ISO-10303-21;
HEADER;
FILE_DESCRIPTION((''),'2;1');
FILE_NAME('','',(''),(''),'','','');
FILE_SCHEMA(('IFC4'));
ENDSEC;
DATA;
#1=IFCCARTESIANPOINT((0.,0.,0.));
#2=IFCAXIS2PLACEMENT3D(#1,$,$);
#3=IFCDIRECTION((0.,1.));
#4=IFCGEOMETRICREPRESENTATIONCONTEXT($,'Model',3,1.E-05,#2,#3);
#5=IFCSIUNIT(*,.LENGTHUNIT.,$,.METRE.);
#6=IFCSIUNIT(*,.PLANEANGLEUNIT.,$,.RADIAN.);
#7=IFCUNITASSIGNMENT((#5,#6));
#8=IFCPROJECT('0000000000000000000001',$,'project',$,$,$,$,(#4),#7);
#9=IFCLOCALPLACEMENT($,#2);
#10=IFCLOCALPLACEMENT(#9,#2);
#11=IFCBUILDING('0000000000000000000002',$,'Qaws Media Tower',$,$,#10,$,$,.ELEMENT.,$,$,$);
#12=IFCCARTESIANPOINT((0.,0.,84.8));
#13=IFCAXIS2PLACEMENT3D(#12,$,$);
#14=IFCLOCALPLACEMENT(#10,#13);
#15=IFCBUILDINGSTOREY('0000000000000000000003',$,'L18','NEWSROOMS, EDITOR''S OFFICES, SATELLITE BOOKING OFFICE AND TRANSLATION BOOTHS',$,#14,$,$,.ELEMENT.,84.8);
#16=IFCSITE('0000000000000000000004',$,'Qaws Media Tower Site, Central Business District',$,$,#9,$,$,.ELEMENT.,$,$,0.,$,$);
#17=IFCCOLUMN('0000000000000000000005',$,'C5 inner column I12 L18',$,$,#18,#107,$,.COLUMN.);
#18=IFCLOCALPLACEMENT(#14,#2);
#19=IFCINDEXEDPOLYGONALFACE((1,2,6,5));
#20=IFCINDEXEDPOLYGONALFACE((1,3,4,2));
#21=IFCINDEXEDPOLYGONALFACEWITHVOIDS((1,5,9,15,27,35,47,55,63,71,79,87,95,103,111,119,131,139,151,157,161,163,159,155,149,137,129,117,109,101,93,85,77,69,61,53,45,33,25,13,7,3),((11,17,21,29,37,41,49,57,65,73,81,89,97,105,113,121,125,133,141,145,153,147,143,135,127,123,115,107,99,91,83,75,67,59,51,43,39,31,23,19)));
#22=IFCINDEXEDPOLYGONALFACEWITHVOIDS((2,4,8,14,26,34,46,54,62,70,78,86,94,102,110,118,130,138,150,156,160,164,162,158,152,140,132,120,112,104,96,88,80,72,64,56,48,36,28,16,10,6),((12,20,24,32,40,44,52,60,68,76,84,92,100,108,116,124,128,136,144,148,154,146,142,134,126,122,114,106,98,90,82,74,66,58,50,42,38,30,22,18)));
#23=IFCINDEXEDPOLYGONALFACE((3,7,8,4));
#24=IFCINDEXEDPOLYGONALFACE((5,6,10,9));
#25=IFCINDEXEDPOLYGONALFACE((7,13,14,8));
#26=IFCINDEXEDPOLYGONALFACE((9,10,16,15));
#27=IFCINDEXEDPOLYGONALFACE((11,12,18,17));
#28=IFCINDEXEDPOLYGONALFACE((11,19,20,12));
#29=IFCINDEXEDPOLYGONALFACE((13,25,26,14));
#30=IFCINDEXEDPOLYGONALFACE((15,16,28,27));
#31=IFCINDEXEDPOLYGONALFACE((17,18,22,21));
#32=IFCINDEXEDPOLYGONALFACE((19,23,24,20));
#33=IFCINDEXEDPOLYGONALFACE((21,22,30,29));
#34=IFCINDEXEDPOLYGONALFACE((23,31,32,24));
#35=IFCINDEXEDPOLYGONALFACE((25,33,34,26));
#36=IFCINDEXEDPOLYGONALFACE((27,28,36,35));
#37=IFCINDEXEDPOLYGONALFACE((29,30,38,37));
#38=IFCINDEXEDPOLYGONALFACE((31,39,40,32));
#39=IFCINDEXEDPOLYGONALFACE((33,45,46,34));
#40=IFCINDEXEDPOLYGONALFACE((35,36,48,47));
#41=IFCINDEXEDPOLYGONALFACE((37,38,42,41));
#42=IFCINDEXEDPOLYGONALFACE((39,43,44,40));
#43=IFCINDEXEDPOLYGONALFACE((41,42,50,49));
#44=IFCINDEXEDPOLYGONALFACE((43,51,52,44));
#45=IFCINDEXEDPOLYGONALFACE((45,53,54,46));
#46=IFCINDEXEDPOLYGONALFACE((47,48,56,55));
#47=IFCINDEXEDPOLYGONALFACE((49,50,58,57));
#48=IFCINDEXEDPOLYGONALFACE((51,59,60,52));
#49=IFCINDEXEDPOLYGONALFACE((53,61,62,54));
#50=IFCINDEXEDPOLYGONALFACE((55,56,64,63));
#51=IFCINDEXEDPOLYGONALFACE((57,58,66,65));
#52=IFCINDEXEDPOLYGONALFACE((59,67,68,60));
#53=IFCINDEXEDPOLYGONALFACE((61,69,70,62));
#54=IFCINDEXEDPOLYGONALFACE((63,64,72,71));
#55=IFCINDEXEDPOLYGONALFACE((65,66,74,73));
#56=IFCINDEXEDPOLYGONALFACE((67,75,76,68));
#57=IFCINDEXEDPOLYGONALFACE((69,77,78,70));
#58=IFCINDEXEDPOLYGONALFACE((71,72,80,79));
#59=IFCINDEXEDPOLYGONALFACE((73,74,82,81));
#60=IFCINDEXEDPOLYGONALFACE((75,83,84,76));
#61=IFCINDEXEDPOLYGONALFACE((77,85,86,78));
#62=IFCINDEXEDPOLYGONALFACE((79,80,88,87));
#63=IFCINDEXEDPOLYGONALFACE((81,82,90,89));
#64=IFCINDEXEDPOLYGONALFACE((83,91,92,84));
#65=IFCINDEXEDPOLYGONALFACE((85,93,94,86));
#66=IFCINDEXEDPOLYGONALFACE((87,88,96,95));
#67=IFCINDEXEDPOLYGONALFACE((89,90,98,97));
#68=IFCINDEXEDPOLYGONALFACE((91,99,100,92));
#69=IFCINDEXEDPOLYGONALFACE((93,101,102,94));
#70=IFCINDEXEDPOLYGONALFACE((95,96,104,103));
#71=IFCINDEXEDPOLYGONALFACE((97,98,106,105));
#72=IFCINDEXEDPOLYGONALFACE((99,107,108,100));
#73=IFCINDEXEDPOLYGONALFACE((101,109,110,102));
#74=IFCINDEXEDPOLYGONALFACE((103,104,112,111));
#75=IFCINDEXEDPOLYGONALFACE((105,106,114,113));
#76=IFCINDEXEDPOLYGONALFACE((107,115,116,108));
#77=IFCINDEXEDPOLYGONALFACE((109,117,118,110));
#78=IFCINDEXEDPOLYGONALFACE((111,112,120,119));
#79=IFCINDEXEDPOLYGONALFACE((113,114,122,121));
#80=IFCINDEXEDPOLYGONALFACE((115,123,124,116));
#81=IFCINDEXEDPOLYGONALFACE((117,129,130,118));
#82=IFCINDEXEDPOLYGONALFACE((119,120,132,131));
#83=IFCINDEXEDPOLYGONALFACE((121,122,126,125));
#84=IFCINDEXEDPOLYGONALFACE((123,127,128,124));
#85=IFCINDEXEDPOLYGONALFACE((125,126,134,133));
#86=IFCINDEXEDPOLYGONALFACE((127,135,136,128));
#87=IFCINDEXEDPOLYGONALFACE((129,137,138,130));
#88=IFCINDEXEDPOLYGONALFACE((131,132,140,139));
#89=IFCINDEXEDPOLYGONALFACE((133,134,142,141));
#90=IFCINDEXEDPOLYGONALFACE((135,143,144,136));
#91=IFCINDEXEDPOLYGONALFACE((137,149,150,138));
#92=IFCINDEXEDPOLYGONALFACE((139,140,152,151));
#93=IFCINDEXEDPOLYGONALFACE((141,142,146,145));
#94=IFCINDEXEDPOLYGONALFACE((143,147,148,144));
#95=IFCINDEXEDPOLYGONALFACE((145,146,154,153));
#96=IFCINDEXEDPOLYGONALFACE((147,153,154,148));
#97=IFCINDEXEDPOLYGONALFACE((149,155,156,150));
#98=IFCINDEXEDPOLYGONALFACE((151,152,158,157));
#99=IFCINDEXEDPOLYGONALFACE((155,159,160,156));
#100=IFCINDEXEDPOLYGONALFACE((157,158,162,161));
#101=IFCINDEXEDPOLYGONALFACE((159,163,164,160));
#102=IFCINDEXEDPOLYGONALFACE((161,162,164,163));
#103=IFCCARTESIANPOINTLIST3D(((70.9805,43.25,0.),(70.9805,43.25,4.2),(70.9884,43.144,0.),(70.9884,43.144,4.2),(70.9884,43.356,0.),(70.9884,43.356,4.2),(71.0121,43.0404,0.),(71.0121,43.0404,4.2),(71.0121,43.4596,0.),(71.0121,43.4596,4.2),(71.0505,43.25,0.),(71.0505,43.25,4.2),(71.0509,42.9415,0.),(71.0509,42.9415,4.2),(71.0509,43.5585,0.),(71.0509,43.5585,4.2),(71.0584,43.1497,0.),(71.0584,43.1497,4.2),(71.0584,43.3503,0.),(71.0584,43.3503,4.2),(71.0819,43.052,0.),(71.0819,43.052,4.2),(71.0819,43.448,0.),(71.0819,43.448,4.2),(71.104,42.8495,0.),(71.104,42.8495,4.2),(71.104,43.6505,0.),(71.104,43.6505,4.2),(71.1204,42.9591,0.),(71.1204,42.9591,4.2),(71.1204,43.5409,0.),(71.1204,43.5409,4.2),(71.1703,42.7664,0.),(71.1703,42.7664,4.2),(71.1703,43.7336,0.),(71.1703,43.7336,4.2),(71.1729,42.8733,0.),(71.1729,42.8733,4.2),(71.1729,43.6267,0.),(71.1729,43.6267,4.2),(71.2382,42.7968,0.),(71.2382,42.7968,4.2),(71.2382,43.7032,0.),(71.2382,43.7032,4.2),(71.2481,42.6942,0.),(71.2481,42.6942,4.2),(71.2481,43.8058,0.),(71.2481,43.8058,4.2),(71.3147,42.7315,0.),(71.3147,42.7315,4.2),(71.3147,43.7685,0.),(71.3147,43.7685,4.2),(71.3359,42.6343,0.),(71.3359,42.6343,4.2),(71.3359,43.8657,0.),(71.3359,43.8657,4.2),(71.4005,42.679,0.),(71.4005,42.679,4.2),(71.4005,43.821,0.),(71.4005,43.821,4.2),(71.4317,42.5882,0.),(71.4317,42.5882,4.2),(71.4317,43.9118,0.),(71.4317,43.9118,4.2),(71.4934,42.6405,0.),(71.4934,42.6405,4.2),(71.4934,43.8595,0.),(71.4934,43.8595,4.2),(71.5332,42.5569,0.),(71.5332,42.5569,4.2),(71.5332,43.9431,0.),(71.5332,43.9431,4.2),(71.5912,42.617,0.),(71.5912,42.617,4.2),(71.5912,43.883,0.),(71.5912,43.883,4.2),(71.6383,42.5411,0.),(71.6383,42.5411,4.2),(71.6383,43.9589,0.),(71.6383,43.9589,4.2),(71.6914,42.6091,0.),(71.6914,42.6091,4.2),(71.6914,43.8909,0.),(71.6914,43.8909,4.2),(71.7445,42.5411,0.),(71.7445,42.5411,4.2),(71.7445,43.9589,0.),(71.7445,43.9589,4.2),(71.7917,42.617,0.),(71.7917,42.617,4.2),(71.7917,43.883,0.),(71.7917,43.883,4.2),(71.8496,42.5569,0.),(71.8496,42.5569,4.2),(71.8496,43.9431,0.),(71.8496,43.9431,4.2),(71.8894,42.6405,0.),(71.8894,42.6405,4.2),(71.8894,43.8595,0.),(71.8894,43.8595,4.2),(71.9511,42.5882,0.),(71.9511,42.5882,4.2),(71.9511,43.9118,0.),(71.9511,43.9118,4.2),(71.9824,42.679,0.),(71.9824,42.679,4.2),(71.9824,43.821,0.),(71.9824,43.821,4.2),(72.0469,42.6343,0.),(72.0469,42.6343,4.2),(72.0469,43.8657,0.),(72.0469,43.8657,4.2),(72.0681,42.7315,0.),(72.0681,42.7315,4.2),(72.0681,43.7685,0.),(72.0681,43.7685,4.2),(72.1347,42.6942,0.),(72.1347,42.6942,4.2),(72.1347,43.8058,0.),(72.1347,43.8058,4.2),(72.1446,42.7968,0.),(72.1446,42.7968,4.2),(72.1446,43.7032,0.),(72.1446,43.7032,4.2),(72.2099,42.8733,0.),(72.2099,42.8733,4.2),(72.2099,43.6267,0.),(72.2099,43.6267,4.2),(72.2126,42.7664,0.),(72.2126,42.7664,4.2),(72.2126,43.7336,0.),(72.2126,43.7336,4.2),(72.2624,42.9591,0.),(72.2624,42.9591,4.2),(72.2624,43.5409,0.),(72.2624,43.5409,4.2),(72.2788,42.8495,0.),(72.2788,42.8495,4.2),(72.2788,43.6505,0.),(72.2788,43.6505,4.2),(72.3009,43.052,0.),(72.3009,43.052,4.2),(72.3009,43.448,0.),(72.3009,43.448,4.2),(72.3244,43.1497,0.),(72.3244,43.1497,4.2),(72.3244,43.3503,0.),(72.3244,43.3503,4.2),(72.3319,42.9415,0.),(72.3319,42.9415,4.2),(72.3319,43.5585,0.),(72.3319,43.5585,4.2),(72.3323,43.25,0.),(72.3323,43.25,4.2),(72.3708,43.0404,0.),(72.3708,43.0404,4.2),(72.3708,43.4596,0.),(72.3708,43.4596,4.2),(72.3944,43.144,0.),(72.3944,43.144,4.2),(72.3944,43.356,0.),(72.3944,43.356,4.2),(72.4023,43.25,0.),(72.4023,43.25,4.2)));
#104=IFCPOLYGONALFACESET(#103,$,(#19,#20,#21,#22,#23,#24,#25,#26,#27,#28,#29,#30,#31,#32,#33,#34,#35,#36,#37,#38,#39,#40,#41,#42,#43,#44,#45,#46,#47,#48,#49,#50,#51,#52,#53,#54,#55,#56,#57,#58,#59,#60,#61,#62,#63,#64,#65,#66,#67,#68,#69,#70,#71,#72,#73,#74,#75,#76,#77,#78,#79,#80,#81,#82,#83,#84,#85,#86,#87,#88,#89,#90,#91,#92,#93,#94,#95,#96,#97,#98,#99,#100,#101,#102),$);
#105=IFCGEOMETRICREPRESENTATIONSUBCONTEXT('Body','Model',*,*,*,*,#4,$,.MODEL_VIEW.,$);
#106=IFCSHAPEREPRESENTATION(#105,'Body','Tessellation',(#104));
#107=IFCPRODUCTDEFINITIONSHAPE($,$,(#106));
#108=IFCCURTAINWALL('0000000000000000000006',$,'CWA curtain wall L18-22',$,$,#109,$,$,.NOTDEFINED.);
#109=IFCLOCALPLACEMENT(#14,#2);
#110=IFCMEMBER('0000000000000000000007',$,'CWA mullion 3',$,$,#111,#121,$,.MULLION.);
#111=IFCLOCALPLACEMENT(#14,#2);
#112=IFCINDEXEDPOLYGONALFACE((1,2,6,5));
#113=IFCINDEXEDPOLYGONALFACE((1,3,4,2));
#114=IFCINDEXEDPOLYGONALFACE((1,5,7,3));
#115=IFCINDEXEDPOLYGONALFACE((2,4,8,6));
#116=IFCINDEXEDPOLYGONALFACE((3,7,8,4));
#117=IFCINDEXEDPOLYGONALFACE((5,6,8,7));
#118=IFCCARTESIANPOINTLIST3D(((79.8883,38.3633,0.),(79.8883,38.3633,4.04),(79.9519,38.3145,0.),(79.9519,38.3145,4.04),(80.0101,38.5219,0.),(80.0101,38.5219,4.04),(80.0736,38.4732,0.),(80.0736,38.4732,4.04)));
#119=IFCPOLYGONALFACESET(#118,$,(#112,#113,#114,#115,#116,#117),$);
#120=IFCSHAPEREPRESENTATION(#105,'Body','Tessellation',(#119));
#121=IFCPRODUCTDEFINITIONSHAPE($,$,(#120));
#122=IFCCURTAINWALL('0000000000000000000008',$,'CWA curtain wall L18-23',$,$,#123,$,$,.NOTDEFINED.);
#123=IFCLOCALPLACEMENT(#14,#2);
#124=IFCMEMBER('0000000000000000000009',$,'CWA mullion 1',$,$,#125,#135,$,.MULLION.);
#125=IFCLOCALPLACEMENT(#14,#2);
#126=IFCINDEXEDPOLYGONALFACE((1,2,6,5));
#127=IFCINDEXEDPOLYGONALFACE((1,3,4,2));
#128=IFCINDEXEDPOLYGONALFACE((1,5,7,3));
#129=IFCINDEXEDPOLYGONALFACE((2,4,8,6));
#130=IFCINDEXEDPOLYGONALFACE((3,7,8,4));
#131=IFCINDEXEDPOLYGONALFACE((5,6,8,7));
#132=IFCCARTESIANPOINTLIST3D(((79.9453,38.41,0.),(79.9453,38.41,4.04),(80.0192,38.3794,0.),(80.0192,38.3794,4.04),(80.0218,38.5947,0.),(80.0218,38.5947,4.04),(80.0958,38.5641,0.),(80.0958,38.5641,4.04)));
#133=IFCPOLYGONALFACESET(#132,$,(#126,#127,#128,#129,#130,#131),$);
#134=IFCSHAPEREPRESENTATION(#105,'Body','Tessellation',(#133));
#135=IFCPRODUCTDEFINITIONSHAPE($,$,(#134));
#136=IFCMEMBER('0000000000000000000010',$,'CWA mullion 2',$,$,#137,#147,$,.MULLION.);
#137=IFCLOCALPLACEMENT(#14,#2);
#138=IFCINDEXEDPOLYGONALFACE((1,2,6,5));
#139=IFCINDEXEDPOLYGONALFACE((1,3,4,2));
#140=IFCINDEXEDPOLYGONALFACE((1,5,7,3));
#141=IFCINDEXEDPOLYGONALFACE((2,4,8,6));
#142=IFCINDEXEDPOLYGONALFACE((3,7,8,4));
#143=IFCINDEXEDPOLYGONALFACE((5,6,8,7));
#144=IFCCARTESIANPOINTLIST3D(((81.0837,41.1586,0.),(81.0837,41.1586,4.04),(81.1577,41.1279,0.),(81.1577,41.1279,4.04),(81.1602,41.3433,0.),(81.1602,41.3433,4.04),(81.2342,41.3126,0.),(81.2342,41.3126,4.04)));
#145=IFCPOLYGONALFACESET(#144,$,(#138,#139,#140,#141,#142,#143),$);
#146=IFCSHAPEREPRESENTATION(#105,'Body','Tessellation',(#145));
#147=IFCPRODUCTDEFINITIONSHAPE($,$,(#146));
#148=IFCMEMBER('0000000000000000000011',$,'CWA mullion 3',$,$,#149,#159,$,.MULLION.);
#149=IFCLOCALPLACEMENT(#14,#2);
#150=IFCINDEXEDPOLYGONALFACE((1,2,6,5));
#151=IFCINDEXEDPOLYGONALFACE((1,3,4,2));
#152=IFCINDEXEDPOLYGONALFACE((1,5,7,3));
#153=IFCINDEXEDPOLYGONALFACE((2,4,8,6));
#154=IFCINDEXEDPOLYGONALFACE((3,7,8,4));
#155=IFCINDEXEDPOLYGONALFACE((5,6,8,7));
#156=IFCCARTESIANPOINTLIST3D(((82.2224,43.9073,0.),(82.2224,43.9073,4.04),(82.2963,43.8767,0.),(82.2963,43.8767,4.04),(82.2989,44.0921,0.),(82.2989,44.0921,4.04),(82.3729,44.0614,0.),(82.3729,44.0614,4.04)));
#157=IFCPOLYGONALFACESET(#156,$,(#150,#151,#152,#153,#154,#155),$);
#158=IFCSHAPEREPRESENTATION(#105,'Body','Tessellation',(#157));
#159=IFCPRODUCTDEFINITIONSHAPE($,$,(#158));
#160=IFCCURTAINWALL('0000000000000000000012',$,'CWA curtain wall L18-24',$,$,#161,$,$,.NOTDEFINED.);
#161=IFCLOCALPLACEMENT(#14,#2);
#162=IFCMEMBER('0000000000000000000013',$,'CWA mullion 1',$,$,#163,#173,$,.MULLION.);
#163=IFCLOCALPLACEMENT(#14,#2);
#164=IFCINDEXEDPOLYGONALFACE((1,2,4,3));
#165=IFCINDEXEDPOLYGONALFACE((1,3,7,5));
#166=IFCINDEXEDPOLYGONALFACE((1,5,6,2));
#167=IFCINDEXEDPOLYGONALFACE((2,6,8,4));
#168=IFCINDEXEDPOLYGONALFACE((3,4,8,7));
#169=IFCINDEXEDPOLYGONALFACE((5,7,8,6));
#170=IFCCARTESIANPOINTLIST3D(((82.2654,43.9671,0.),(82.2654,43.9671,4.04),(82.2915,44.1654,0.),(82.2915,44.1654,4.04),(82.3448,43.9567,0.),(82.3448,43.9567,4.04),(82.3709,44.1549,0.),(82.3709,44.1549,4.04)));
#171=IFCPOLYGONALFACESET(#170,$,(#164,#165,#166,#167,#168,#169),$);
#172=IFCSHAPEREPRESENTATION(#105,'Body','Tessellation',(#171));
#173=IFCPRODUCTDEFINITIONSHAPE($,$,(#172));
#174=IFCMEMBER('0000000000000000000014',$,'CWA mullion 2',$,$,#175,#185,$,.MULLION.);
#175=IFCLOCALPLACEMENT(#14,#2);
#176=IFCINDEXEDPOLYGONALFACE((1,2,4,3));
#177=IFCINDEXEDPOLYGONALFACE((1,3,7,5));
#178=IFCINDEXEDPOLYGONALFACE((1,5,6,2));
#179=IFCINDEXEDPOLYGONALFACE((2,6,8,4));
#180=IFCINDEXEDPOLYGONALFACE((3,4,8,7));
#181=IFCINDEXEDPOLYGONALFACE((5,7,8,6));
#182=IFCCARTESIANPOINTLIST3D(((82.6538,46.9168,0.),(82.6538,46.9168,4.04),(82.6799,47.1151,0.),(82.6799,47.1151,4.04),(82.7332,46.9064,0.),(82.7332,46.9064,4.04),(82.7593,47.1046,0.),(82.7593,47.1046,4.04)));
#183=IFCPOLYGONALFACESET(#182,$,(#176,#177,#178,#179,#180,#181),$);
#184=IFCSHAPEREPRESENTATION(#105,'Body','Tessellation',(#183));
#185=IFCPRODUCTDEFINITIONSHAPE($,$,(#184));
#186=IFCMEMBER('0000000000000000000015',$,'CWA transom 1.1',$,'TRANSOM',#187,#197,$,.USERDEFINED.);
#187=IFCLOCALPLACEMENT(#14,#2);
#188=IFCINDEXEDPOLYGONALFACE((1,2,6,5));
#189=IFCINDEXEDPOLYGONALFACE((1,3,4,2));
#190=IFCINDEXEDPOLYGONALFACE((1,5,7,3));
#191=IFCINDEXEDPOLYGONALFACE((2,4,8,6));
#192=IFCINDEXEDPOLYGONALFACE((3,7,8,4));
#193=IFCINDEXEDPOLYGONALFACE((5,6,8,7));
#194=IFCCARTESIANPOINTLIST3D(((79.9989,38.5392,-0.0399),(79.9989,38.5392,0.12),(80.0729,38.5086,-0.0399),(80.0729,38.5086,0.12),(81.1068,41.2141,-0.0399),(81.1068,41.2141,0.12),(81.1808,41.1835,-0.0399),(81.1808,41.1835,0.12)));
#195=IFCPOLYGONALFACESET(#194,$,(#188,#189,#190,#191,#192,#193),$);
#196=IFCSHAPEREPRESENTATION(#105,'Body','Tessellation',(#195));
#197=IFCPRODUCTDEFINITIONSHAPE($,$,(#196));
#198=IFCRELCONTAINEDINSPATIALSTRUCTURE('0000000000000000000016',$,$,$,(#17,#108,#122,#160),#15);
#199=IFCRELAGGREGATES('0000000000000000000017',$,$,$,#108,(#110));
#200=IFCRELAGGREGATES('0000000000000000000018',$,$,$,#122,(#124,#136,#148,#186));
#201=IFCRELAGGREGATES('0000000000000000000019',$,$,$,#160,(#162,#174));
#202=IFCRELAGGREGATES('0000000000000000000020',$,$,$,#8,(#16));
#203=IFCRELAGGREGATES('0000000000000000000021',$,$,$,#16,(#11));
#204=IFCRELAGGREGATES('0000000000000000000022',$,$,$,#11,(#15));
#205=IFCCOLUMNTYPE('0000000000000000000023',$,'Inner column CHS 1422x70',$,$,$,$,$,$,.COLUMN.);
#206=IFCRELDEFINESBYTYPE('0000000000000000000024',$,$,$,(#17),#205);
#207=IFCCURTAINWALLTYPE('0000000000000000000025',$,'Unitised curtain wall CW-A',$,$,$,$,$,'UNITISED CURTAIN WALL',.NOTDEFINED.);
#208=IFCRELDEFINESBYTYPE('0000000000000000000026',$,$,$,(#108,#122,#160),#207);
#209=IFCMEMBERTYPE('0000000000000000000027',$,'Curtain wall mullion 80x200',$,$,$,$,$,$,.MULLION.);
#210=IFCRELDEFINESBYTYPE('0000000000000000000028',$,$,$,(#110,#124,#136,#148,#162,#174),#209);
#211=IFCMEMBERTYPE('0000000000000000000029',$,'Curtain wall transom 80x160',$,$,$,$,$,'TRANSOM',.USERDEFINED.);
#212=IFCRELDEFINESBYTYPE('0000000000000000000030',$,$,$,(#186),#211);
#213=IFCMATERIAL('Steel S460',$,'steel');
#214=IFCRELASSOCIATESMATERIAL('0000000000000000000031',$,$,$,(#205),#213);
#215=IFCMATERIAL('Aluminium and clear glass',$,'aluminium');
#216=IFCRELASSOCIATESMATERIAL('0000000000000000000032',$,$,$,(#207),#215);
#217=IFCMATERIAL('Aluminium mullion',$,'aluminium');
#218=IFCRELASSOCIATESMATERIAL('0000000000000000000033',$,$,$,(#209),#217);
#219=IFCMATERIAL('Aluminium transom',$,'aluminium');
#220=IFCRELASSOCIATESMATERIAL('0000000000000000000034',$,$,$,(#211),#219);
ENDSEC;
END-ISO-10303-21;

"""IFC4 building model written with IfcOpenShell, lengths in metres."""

from ifc_helpers import new_model, si_unit, direction, frame, origin, origin_2d, place, context, subcontext, project, spatial, rectangle, hollow_circle, extrude, material, material_profile, profile_set, type_object, element, aggregate, save


model = new_model("IFC4")

# Units and contexts
model_context = context("Model", 3, precision=1e-05, world=origin(), true_north=direction((0.0, 1.0)))
body_context = subcontext(model_context, "Body", "Model", "MODEL_VIEW")
ifc_project = project(units=[si_unit("LENGTHUNIT", "METRE"), si_unit("PLANEANGLEUNIT", "RADIAN")], contexts=[model_context])

# Site, building, storey
site_placement = place(None, origin())
site = spatial("IfcSite", under=ifc_project, at=site_placement, Name="Qaws Media Tower Site, Central Business District", CompositionType="ELEMENT", RefElevation=0.0)
building_placement = place(site_placement, origin())
building = spatial("IfcBuilding", under=site, at=building_placement, Name="Qaws Media Tower", CompositionType="ELEMENT")
storey_placement = place(building_placement, frame((0.0, 0.0, 84.8)))
storey = spatial("IfcBuildingStorey", under=building, at=storey_placement, Name="L18", Description="NEWSROOMS, EDITOR'S OFFICES, SATELLITE BOOKING OFFICE AND TRANSLATION BOOTHS", CompositionType="ELEMENT", Elevation=84.8)

# Column
ifc_material_1 = material(Name="Steel S460", Category="steel")
ifc_material_profile_1 = material_profile(ifc_material_1, hollow_circle(Radius=0.7109, WallThickness=0.0701, at=origin_2d()), Name="CHS 1422x70")
ifc_profile_set_1 = profile_set([ifc_material_profile_1], Name="Steel S460")
column_type = type_object("IfcColumnType", Name="Inner column CHS 1422x70", PredefinedType="COLUMN", material=ifc_profile_set_1)
column_placement = place(storey_placement, frame((71.6914, 43.25, 0.0), z_axis=(0.0, 0.0, 1.0), x_axis=(1.0, 0.0, 0.0)))
element("IfcColumn", 1, at=column_placement, inside=storey, type_object=column_type, Name="C5 inner column I12 L18", PredefinedType="COLUMN", context=body_context, shape_type="SweptSolid", body=[
    extrude(hollow_circle(Radius=0.7109, WallThickness=0.0701, at=origin_2d()), origin(), (0.0, 0.0, 1.0), 4.2),
])

# Curtain wall, member
ifc_material_2 = material(Name="Aluminium and clear glass", Category="aluminium")
curtain_wall_type = type_object("IfcCurtainWallType", Name="Unitised curtain wall CW-A", ElementType="UNITISED CURTAIN WALL", PredefinedType="NOTDEFINED", material=ifc_material_2)
curtain_wall_1_placement = place(storey_placement, origin())
curtain_wall_1 = element("IfcCurtainWall", 2, at=curtain_wall_1_placement, inside=storey, type_object=curtain_wall_type, Name="CWA curtain wall L18-22", PredefinedType="NOTDEFINED")
ifc_material_3 = material(Name="Aluminium mullion", Category="aluminium")
ifc_material_profile_2 = material_profile(ifc_material_3, rectangle(XDim=0.0801, YDim=0.2, at=origin_2d()), Name="80x200")
ifc_profile_set_2 = profile_set([ifc_material_profile_2], Name="Aluminium mullion")
member_type_1 = type_object("IfcMemberType", Name="Curtain wall mullion 80x200", PredefinedType="MULLION", material=ifc_profile_set_2)
member_1_placement = place(storey_placement, frame((79.981, 38.4182, 0.0), z_axis=(0.0, 0.0, 1.0), x_axis=(-0.793353, 0.608761, 0.0)))
member_1 = element("IfcMember", 3, at=member_1_placement, type_object=member_type_1, Name="CWA mullion 3", PredefinedType="MULLION", context=body_context, shape_type="SweptSolid", body=[
    extrude(rectangle(XDim=0.0801, YDim=0.2, at=origin_2d()), origin(), (0.0, 0.0, 1.0), 4.04),
])
aggregate(curtain_wall_1, [member_1])

# Curtain walls, members
curtain_wall_2_placement = place(storey_placement, origin())
curtain_wall_2 = element("IfcCurtainWall", 4, at=curtain_wall_2_placement, inside=storey, type_object=curtain_wall_type, Name="CWA curtain wall L18-23", PredefinedType="NOTDEFINED")
member_2_placement = place(storey_placement, frame((80.0205, 38.4871, 0.0), z_axis=(0.0, 0.0, 1.0), x_axis=(-0.92388, 0.382683, 0.0)))
member_2 = element("IfcMember", 5, at=member_2_placement, type_object=member_type_1, Name="CWA mullion 1", PredefinedType="MULLION", context=body_context, shape_type="SweptSolid", body=[
    extrude(rectangle(XDim=0.0801, YDim=0.2, at=origin_2d()), origin(), (0.0, 0.0, 1.0), 4.04),
])
member_3_placement = place(storey_placement, frame((81.1589, 41.2356, 0.0), z_axis=(0.0, 0.0, 1.0), x_axis=(-0.92388, 0.382683, 0.0)))
member_3 = element("IfcMember", 6, at=member_3_placement, type_object=member_type_1, Name="CWA mullion 2", PredefinedType="MULLION", context=body_context, shape_type="SweptSolid", body=[
    extrude(rectangle(XDim=0.0801, YDim=0.2, at=origin_2d()), origin(), (0.0, 0.0, 1.0), 4.04),
])
member_4_placement = place(storey_placement, frame((82.2976, 43.9844, 0.0), z_axis=(0.0, 0.0, 1.0), x_axis=(-0.92388, 0.382683, 0.0)))
member_4 = element("IfcMember", 7, at=member_4_placement, type_object=member_type_1, Name="CWA mullion 3", PredefinedType="MULLION", context=body_context, shape_type="SweptSolid", body=[
    extrude(rectangle(XDim=0.0801, YDim=0.2, at=origin_2d()), origin(), (0.0, 0.0, 1.0), 4.04),
])
curtain_wall_3_placement = place(storey_placement, origin())
curtain_wall_3 = element("IfcCurtainWall", 8, at=curtain_wall_3_placement, inside=storey, type_object=curtain_wall_type, Name="CWA curtain wall L18-24", PredefinedType="NOTDEFINED")
member_5_placement = place(storey_placement, frame((82.3181, 44.061, 0.0), z_axis=(0.0, 0.0, 1.0), x_axis=(-0.991445, 0.130526, 0.0)))
member_5 = element("IfcMember", 9, at=member_5_placement, type_object=member_type_1, Name="CWA mullion 1", PredefinedType="MULLION", context=body_context, shape_type="SweptSolid", body=[
    extrude(rectangle(XDim=0.0801, YDim=0.2, at=origin_2d()), origin(), (0.0, 0.0, 1.0), 4.04),
])
member_6_placement = place(storey_placement, frame((82.7065, 47.0107, 0.0), z_axis=(0.0, 0.0, 1.0), x_axis=(-0.991445, 0.130526, 0.0)))
member_6 = element("IfcMember", 10, at=member_6_placement, type_object=member_type_1, Name="CWA mullion 2", PredefinedType="MULLION", context=body_context, shape_type="SweptSolid", body=[
    extrude(rectangle(XDim=0.0801, YDim=0.2, at=origin_2d()), origin(), (0.0, 0.0, 1.0), 4.04),
])

# Member
ifc_material_4 = material(Name="Aluminium transom", Category="aluminium")
ifc_material_profile_3 = material_profile(ifc_material_4, rectangle(XDim=0.0801, YDim=0.1599, at=origin_2d()), Name="80x160")
ifc_profile_set_3 = profile_set([ifc_material_profile_3], Name="Aluminium transom")
member_type_2 = type_object("IfcMemberType", Name="Curtain wall transom 80x160", ElementType="TRANSOM", PredefinedType="USERDEFINED", material=ifc_profile_set_3)
member_7_placement = place(storey_placement, frame((80.0359, 38.5239, 0.04), z_axis=(0.382675, 0.923883, 0.0), x_axis=(-0.923883, 0.382675, 0.0)))
member_7 = element("IfcMember", 11, at=member_7_placement, type_object=member_type_2, Name="CWA transom 1.1", ObjectType="TRANSOM", PredefinedType="USERDEFINED", context=body_context, shape_type="SweptSolid", body=[
    extrude(rectangle(XDim=0.0801, YDim=0.1599, at=origin_2d()), origin(), (0.0, 0.0, 1.0), 2.8953),
])

aggregate(curtain_wall_2, [member_2, member_3, member_4, member_7])
aggregate(curtain_wall_3, [member_5, member_6])

save(model, "model.ifc")
